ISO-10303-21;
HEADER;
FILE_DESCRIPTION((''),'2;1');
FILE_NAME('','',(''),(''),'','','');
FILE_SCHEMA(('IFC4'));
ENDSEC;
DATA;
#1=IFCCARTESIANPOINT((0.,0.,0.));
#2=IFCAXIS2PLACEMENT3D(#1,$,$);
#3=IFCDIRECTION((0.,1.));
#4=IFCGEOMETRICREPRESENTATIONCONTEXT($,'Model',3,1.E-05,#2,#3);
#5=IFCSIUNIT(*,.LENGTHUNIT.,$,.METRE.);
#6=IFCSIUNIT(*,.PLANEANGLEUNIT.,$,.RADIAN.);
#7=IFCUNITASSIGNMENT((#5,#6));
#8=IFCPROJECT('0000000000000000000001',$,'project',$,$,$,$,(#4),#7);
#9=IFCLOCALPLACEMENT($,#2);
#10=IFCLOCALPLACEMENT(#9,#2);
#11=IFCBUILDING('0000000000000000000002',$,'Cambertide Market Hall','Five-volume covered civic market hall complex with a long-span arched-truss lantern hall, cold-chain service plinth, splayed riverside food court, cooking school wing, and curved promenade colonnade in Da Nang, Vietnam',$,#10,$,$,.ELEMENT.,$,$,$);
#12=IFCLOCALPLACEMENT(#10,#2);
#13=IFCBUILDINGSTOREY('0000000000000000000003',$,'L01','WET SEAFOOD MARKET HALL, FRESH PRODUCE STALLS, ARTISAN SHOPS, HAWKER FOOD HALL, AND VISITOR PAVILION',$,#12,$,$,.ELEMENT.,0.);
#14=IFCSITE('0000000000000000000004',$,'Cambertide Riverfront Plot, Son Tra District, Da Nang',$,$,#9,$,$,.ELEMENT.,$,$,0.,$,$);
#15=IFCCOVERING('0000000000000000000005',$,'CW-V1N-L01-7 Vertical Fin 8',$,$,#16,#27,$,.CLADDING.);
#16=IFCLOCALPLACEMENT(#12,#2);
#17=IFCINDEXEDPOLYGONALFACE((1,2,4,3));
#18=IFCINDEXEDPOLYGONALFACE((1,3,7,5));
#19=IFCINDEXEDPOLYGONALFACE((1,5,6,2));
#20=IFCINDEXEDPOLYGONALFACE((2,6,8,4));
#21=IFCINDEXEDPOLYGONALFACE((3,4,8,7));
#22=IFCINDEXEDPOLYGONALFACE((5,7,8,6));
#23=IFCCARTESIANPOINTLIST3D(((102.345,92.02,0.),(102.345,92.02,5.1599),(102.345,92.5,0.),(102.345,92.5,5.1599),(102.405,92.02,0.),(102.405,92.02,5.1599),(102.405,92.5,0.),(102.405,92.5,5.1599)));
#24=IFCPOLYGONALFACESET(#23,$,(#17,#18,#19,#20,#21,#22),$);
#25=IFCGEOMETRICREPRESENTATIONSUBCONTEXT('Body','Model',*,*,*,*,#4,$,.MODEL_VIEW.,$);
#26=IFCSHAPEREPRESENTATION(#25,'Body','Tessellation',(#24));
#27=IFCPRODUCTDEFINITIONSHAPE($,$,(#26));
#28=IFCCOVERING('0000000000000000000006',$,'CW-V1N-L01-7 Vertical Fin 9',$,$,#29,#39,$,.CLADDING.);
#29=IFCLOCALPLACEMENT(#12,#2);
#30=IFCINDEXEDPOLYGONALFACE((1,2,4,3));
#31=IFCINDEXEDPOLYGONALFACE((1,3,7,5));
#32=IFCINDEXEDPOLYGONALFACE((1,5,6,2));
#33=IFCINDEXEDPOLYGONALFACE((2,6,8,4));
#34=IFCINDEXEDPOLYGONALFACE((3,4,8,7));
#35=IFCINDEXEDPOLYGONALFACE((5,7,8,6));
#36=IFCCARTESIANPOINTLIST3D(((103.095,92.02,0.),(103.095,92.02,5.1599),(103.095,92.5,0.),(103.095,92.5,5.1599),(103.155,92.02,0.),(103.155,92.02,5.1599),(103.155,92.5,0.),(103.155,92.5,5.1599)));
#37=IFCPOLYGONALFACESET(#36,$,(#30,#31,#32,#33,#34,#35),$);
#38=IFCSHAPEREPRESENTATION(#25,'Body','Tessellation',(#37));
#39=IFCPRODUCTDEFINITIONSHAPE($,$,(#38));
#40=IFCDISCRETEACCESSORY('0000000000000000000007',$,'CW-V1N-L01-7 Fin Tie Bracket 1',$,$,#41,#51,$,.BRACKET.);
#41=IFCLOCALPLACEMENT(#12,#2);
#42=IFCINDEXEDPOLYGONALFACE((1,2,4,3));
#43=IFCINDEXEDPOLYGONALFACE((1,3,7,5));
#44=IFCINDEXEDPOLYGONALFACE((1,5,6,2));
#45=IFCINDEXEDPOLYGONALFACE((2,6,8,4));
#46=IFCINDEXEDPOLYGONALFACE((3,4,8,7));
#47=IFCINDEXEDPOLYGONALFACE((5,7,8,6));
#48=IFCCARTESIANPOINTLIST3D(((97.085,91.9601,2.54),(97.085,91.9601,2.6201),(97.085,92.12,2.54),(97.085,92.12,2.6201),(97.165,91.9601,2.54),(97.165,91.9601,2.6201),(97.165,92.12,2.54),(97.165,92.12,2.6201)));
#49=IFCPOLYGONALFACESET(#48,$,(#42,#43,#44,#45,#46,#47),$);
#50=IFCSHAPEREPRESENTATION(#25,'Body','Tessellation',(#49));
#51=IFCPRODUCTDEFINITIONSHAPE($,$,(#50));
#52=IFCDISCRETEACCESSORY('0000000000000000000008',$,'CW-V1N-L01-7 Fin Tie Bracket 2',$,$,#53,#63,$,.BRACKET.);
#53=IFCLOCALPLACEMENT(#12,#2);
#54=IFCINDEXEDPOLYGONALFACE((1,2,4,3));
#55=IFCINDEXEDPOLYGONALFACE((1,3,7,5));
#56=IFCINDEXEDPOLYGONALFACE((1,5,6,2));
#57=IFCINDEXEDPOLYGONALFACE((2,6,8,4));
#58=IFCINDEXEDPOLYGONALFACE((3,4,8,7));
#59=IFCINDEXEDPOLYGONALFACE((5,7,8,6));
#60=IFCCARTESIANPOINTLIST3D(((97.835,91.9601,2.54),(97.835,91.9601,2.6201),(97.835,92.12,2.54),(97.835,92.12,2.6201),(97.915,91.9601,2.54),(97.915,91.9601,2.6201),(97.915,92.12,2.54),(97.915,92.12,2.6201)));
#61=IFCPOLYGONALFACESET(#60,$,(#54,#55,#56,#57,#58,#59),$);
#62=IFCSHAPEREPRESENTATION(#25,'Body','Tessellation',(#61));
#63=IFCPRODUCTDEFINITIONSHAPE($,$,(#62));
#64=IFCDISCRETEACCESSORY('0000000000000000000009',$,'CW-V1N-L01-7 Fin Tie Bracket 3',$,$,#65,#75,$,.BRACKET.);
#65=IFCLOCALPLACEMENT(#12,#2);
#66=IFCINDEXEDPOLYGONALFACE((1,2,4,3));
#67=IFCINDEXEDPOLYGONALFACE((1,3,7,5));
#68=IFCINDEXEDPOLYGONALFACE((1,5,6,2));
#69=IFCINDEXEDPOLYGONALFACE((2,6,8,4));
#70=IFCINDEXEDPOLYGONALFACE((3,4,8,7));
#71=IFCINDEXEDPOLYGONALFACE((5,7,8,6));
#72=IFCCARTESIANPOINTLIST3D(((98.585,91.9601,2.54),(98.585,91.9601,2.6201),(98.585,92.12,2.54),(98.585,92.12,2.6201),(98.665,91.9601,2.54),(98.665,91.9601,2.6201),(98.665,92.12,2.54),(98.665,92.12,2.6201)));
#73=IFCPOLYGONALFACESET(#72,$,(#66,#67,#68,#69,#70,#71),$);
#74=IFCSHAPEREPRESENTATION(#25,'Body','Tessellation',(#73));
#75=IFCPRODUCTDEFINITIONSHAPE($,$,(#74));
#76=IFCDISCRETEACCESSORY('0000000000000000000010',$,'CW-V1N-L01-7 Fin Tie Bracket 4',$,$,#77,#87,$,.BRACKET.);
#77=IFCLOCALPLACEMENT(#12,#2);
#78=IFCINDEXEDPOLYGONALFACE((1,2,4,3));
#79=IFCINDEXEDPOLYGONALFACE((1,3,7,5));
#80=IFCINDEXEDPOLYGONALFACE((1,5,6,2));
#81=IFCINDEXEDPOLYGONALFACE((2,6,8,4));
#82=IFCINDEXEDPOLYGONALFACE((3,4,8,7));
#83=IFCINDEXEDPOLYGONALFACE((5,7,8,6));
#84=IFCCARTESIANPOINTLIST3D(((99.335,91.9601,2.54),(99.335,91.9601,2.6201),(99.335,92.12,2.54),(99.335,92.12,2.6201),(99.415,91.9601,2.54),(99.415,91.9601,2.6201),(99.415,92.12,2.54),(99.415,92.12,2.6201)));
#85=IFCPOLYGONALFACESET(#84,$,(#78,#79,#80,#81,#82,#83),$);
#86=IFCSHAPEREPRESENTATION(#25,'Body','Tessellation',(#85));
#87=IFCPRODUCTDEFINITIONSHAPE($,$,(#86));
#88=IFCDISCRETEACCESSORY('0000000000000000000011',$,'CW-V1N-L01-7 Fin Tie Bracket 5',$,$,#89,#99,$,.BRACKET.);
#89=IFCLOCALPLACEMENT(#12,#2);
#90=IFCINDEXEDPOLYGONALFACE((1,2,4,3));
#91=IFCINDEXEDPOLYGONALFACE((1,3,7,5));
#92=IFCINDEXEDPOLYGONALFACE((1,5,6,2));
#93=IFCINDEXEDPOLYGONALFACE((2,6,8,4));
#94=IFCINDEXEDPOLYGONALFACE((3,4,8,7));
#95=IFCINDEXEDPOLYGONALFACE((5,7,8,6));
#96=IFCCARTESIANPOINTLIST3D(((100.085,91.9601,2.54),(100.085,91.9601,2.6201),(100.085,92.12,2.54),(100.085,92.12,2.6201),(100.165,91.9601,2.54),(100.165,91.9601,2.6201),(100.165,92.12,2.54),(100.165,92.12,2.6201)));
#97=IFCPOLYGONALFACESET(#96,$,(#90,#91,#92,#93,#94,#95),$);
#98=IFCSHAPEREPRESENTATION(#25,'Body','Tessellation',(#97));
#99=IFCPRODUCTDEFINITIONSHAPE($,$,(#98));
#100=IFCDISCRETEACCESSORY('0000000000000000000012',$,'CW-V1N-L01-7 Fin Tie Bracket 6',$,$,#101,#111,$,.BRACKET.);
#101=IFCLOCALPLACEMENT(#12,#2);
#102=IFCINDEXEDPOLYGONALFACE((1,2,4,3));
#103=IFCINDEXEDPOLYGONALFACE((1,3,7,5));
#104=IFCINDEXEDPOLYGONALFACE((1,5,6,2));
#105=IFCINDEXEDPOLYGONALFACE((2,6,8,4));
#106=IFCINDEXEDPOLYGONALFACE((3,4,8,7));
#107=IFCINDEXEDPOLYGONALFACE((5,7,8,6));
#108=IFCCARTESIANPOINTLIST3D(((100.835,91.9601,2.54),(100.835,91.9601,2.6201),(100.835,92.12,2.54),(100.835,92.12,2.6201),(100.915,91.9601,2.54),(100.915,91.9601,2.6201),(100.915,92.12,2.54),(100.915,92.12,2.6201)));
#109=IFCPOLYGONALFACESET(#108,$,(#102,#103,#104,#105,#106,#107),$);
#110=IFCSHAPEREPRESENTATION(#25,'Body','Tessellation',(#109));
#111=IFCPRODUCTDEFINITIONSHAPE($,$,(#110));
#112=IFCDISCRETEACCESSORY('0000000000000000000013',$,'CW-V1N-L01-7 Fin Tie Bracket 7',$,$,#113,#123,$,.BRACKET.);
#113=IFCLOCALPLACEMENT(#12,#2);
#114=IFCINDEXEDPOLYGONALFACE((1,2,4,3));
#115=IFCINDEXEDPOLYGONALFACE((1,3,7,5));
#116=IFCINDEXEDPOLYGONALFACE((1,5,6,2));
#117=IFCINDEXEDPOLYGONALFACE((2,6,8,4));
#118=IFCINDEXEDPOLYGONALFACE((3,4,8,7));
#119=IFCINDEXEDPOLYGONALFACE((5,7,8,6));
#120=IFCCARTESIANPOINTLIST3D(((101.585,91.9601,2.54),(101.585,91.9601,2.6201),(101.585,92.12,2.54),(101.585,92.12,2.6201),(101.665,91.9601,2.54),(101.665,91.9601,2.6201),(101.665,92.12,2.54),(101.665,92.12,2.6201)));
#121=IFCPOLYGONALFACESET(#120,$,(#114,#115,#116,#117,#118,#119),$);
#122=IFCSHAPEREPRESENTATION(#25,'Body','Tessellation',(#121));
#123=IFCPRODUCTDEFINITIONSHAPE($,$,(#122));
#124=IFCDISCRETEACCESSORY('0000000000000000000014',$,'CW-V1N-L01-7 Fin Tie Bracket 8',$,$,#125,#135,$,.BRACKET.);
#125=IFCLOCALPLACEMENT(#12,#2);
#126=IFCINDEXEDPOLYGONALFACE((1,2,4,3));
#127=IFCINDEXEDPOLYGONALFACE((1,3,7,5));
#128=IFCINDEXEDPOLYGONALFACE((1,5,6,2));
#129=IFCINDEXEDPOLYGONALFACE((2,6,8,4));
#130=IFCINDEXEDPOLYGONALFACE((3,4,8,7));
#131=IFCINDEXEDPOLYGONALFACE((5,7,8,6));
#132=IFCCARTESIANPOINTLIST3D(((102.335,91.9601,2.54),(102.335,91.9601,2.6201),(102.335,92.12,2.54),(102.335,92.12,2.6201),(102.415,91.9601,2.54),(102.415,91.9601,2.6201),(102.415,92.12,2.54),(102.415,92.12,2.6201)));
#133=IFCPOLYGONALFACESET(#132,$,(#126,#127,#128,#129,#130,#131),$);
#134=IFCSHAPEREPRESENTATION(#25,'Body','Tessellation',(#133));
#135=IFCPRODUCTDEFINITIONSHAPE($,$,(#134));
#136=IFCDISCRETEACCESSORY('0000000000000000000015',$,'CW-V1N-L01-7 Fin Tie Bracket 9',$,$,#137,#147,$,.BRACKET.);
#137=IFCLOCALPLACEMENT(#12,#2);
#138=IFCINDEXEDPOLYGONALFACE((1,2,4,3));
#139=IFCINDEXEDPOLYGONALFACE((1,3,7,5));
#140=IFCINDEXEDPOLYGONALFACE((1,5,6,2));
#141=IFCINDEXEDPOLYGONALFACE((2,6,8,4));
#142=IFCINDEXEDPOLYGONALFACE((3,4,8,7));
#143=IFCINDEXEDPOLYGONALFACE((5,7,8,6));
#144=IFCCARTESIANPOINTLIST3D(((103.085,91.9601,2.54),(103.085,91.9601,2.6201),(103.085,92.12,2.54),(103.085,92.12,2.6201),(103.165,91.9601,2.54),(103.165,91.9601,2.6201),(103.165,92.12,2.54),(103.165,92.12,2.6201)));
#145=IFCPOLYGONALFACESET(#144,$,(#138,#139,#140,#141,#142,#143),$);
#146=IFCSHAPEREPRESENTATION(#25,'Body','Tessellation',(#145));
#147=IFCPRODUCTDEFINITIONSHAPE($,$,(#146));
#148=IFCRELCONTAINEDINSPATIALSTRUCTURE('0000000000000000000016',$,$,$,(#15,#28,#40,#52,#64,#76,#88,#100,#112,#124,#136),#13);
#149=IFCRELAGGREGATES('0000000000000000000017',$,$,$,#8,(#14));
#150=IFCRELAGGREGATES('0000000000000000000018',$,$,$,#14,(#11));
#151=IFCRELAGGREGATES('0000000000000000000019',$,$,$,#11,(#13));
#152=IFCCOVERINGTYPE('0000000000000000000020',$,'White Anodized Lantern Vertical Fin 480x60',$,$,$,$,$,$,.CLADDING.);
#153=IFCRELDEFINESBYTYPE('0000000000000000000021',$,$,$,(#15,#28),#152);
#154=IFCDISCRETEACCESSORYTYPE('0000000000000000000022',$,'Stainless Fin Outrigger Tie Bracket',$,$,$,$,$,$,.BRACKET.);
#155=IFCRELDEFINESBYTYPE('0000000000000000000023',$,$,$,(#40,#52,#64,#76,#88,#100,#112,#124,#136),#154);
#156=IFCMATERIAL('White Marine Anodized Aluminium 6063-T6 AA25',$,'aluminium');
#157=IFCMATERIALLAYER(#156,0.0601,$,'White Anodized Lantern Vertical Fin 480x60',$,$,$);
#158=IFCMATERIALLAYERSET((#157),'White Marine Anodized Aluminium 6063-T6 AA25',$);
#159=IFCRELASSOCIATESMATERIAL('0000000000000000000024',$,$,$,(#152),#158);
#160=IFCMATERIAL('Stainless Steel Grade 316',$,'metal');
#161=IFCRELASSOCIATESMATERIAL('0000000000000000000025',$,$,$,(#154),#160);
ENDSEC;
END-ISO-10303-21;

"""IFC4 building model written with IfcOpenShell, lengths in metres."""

from ifc_helpers import new_model, si_unit, direction, frame, origin, origin_2d, place, context, subcontext, project, spatial, rectangle, extrude, material, layer, layer_set, type_object, element, save


model = new_model("IFC4")

# Units and contexts
model_context = context("Model", 3, precision=1e-05, world=origin(), true_north=direction((0.0, 1.0)))
body_context = subcontext(model_context, "Body", "Model", "MODEL_VIEW")
ifc_project = project(units=[si_unit("LENGTHUNIT", "METRE"), si_unit("PLANEANGLEUNIT", "RADIAN")], contexts=[model_context])

# Site, building, storey
site_placement = place(None, origin())
site = spatial("IfcSite", under=ifc_project, at=site_placement, Name="Cambertide Riverfront Plot, Son Tra District, Da Nang", CompositionType="ELEMENT", RefElevation=0.0)
building_placement = place(site_placement, origin())
building = spatial("IfcBuilding", under=site, at=building_placement, Name="Cambertide Market Hall", Description="Five-volume covered civic market hall complex with a long-span arched-truss lantern hall, cold-chain service plinth, splayed riverside food court, cooking school wing, and curved promenade colonnade in Da Nang, Vietnam", CompositionType="ELEMENT")
storey_placement = place(building_placement, origin())
storey = spatial("IfcBuildingStorey", under=building, at=storey_placement, Name="L01", Description="WET SEAFOOD MARKET HALL, FRESH PRODUCE STALLS, ARTISAN SHOPS, HAWKER FOOD HALL, AND VISITOR PAVILION", CompositionType="ELEMENT", Elevation=0.0)

# Coverings
ifc_material_1 = material(Name="White Marine Anodized Aluminium 6063-T6 AA25", Category="aluminium")
ifc_layer_1 = layer(ifc_material_1, 0.0601, Name="White Anodized Lantern Vertical Fin 480x60")
ifc_layer_set_1 = layer_set([ifc_layer_1], Name="White Marine Anodized Aluminium 6063-T6 AA25")
covering_type = type_object("IfcCoveringType", Name="White Anodized Lantern Vertical Fin 480x60", PredefinedType="CLADDING", material=ifc_layer_set_1)
for number, where, z_axis, x_axis, name in (
    (1, (102.375, 92.26, 0.0), (0.0, 0.0, 1.0), (1.0, 0.0, 0.0), "CW-V1N-L01-7 Vertical Fin 8"),
    (2, (103.125, 92.26, 0.0), (0.0, 0.0, 1.0), (1.0, 0.0, 0.0), "CW-V1N-L01-7 Vertical Fin 9"),
):
    element("IfcCovering", number, at=place(storey_placement, frame(where, z_axis=z_axis, x_axis=x_axis)), inside=storey, type_object=covering_type, Name=name, PredefinedType="CLADDING", context=body_context, shape_type="SweptSolid", body=[
        extrude(rectangle(XDim=0.0601, YDim=0.48, at=origin_2d()), origin(), (0.0, 0.0, 1.0), 5.1599),
    ])

# Discrete accessories
ifc_material_2 = material(Name="Stainless Steel Grade 316", Category="metal")
discrete_accessory_type = type_object("IfcDiscreteAccessoryType", Name="Stainless Fin Outrigger Tie Bracket", PredefinedType="BRACKET", material=ifc_material_2)
for number, where, z_axis, x_axis, name in (
    (3, (97.125, 92.04, 2.54), (0.0, 0.0, 1.0), (1.0, 0.0, 0.0), "CW-V1N-L01-7 Fin Tie Bracket 1"),
    (4, (97.875, 92.04, 2.54), (0.0, 0.0, 1.0), (1.0, 0.0, 0.0), "CW-V1N-L01-7 Fin Tie Bracket 2"),
    (5, (98.625, 92.04, 2.54), (0.0, 0.0, 1.0), (1.0, 0.0, 0.0), "CW-V1N-L01-7 Fin Tie Bracket 3"),
    (6, (99.375, 92.04, 2.54), (0.0, 0.0, 1.0), (1.0, 0.0, 0.0), "CW-V1N-L01-7 Fin Tie Bracket 4"),
    (7, (100.125, 92.04, 2.54), (0.0, 0.0, 1.0), (1.0, 0.0, 0.0), "CW-V1N-L01-7 Fin Tie Bracket 5"),
    (8, (100.875, 92.04, 2.54), (0.0, 0.0, 1.0), (1.0, 0.0, 0.0), "CW-V1N-L01-7 Fin Tie Bracket 6"),
    (9, (101.625, 92.04, 2.54), (0.0, 0.0, 1.0), (1.0, 0.0, 0.0), "CW-V1N-L01-7 Fin Tie Bracket 7"),
    (10, (102.375, 92.04, 2.54), (0.0, 0.0, 1.0), (1.0, 0.0, 0.0), "CW-V1N-L01-7 Fin Tie Bracket 8"),
    (11, (103.125, 92.04, 2.54), (0.0, 0.0, 1.0), (1.0, 0.0, 0.0), "CW-V1N-L01-7 Fin Tie Bracket 9"),
):
    element("IfcDiscreteAccessory", number, at=place(storey_placement, frame(where, z_axis=z_axis, x_axis=x_axis)), inside=storey, type_object=discrete_accessory_type, Name=name, PredefinedType="BRACKET", context=body_context, shape_type="SweptSolid", body=[
        extrude(rectangle(XDim=0.0801, YDim=0.1599, at=origin_2d()), origin(), (0.0, 0.0, 1.0), 0.0801),
    ])

save(model, "model.ifc")
